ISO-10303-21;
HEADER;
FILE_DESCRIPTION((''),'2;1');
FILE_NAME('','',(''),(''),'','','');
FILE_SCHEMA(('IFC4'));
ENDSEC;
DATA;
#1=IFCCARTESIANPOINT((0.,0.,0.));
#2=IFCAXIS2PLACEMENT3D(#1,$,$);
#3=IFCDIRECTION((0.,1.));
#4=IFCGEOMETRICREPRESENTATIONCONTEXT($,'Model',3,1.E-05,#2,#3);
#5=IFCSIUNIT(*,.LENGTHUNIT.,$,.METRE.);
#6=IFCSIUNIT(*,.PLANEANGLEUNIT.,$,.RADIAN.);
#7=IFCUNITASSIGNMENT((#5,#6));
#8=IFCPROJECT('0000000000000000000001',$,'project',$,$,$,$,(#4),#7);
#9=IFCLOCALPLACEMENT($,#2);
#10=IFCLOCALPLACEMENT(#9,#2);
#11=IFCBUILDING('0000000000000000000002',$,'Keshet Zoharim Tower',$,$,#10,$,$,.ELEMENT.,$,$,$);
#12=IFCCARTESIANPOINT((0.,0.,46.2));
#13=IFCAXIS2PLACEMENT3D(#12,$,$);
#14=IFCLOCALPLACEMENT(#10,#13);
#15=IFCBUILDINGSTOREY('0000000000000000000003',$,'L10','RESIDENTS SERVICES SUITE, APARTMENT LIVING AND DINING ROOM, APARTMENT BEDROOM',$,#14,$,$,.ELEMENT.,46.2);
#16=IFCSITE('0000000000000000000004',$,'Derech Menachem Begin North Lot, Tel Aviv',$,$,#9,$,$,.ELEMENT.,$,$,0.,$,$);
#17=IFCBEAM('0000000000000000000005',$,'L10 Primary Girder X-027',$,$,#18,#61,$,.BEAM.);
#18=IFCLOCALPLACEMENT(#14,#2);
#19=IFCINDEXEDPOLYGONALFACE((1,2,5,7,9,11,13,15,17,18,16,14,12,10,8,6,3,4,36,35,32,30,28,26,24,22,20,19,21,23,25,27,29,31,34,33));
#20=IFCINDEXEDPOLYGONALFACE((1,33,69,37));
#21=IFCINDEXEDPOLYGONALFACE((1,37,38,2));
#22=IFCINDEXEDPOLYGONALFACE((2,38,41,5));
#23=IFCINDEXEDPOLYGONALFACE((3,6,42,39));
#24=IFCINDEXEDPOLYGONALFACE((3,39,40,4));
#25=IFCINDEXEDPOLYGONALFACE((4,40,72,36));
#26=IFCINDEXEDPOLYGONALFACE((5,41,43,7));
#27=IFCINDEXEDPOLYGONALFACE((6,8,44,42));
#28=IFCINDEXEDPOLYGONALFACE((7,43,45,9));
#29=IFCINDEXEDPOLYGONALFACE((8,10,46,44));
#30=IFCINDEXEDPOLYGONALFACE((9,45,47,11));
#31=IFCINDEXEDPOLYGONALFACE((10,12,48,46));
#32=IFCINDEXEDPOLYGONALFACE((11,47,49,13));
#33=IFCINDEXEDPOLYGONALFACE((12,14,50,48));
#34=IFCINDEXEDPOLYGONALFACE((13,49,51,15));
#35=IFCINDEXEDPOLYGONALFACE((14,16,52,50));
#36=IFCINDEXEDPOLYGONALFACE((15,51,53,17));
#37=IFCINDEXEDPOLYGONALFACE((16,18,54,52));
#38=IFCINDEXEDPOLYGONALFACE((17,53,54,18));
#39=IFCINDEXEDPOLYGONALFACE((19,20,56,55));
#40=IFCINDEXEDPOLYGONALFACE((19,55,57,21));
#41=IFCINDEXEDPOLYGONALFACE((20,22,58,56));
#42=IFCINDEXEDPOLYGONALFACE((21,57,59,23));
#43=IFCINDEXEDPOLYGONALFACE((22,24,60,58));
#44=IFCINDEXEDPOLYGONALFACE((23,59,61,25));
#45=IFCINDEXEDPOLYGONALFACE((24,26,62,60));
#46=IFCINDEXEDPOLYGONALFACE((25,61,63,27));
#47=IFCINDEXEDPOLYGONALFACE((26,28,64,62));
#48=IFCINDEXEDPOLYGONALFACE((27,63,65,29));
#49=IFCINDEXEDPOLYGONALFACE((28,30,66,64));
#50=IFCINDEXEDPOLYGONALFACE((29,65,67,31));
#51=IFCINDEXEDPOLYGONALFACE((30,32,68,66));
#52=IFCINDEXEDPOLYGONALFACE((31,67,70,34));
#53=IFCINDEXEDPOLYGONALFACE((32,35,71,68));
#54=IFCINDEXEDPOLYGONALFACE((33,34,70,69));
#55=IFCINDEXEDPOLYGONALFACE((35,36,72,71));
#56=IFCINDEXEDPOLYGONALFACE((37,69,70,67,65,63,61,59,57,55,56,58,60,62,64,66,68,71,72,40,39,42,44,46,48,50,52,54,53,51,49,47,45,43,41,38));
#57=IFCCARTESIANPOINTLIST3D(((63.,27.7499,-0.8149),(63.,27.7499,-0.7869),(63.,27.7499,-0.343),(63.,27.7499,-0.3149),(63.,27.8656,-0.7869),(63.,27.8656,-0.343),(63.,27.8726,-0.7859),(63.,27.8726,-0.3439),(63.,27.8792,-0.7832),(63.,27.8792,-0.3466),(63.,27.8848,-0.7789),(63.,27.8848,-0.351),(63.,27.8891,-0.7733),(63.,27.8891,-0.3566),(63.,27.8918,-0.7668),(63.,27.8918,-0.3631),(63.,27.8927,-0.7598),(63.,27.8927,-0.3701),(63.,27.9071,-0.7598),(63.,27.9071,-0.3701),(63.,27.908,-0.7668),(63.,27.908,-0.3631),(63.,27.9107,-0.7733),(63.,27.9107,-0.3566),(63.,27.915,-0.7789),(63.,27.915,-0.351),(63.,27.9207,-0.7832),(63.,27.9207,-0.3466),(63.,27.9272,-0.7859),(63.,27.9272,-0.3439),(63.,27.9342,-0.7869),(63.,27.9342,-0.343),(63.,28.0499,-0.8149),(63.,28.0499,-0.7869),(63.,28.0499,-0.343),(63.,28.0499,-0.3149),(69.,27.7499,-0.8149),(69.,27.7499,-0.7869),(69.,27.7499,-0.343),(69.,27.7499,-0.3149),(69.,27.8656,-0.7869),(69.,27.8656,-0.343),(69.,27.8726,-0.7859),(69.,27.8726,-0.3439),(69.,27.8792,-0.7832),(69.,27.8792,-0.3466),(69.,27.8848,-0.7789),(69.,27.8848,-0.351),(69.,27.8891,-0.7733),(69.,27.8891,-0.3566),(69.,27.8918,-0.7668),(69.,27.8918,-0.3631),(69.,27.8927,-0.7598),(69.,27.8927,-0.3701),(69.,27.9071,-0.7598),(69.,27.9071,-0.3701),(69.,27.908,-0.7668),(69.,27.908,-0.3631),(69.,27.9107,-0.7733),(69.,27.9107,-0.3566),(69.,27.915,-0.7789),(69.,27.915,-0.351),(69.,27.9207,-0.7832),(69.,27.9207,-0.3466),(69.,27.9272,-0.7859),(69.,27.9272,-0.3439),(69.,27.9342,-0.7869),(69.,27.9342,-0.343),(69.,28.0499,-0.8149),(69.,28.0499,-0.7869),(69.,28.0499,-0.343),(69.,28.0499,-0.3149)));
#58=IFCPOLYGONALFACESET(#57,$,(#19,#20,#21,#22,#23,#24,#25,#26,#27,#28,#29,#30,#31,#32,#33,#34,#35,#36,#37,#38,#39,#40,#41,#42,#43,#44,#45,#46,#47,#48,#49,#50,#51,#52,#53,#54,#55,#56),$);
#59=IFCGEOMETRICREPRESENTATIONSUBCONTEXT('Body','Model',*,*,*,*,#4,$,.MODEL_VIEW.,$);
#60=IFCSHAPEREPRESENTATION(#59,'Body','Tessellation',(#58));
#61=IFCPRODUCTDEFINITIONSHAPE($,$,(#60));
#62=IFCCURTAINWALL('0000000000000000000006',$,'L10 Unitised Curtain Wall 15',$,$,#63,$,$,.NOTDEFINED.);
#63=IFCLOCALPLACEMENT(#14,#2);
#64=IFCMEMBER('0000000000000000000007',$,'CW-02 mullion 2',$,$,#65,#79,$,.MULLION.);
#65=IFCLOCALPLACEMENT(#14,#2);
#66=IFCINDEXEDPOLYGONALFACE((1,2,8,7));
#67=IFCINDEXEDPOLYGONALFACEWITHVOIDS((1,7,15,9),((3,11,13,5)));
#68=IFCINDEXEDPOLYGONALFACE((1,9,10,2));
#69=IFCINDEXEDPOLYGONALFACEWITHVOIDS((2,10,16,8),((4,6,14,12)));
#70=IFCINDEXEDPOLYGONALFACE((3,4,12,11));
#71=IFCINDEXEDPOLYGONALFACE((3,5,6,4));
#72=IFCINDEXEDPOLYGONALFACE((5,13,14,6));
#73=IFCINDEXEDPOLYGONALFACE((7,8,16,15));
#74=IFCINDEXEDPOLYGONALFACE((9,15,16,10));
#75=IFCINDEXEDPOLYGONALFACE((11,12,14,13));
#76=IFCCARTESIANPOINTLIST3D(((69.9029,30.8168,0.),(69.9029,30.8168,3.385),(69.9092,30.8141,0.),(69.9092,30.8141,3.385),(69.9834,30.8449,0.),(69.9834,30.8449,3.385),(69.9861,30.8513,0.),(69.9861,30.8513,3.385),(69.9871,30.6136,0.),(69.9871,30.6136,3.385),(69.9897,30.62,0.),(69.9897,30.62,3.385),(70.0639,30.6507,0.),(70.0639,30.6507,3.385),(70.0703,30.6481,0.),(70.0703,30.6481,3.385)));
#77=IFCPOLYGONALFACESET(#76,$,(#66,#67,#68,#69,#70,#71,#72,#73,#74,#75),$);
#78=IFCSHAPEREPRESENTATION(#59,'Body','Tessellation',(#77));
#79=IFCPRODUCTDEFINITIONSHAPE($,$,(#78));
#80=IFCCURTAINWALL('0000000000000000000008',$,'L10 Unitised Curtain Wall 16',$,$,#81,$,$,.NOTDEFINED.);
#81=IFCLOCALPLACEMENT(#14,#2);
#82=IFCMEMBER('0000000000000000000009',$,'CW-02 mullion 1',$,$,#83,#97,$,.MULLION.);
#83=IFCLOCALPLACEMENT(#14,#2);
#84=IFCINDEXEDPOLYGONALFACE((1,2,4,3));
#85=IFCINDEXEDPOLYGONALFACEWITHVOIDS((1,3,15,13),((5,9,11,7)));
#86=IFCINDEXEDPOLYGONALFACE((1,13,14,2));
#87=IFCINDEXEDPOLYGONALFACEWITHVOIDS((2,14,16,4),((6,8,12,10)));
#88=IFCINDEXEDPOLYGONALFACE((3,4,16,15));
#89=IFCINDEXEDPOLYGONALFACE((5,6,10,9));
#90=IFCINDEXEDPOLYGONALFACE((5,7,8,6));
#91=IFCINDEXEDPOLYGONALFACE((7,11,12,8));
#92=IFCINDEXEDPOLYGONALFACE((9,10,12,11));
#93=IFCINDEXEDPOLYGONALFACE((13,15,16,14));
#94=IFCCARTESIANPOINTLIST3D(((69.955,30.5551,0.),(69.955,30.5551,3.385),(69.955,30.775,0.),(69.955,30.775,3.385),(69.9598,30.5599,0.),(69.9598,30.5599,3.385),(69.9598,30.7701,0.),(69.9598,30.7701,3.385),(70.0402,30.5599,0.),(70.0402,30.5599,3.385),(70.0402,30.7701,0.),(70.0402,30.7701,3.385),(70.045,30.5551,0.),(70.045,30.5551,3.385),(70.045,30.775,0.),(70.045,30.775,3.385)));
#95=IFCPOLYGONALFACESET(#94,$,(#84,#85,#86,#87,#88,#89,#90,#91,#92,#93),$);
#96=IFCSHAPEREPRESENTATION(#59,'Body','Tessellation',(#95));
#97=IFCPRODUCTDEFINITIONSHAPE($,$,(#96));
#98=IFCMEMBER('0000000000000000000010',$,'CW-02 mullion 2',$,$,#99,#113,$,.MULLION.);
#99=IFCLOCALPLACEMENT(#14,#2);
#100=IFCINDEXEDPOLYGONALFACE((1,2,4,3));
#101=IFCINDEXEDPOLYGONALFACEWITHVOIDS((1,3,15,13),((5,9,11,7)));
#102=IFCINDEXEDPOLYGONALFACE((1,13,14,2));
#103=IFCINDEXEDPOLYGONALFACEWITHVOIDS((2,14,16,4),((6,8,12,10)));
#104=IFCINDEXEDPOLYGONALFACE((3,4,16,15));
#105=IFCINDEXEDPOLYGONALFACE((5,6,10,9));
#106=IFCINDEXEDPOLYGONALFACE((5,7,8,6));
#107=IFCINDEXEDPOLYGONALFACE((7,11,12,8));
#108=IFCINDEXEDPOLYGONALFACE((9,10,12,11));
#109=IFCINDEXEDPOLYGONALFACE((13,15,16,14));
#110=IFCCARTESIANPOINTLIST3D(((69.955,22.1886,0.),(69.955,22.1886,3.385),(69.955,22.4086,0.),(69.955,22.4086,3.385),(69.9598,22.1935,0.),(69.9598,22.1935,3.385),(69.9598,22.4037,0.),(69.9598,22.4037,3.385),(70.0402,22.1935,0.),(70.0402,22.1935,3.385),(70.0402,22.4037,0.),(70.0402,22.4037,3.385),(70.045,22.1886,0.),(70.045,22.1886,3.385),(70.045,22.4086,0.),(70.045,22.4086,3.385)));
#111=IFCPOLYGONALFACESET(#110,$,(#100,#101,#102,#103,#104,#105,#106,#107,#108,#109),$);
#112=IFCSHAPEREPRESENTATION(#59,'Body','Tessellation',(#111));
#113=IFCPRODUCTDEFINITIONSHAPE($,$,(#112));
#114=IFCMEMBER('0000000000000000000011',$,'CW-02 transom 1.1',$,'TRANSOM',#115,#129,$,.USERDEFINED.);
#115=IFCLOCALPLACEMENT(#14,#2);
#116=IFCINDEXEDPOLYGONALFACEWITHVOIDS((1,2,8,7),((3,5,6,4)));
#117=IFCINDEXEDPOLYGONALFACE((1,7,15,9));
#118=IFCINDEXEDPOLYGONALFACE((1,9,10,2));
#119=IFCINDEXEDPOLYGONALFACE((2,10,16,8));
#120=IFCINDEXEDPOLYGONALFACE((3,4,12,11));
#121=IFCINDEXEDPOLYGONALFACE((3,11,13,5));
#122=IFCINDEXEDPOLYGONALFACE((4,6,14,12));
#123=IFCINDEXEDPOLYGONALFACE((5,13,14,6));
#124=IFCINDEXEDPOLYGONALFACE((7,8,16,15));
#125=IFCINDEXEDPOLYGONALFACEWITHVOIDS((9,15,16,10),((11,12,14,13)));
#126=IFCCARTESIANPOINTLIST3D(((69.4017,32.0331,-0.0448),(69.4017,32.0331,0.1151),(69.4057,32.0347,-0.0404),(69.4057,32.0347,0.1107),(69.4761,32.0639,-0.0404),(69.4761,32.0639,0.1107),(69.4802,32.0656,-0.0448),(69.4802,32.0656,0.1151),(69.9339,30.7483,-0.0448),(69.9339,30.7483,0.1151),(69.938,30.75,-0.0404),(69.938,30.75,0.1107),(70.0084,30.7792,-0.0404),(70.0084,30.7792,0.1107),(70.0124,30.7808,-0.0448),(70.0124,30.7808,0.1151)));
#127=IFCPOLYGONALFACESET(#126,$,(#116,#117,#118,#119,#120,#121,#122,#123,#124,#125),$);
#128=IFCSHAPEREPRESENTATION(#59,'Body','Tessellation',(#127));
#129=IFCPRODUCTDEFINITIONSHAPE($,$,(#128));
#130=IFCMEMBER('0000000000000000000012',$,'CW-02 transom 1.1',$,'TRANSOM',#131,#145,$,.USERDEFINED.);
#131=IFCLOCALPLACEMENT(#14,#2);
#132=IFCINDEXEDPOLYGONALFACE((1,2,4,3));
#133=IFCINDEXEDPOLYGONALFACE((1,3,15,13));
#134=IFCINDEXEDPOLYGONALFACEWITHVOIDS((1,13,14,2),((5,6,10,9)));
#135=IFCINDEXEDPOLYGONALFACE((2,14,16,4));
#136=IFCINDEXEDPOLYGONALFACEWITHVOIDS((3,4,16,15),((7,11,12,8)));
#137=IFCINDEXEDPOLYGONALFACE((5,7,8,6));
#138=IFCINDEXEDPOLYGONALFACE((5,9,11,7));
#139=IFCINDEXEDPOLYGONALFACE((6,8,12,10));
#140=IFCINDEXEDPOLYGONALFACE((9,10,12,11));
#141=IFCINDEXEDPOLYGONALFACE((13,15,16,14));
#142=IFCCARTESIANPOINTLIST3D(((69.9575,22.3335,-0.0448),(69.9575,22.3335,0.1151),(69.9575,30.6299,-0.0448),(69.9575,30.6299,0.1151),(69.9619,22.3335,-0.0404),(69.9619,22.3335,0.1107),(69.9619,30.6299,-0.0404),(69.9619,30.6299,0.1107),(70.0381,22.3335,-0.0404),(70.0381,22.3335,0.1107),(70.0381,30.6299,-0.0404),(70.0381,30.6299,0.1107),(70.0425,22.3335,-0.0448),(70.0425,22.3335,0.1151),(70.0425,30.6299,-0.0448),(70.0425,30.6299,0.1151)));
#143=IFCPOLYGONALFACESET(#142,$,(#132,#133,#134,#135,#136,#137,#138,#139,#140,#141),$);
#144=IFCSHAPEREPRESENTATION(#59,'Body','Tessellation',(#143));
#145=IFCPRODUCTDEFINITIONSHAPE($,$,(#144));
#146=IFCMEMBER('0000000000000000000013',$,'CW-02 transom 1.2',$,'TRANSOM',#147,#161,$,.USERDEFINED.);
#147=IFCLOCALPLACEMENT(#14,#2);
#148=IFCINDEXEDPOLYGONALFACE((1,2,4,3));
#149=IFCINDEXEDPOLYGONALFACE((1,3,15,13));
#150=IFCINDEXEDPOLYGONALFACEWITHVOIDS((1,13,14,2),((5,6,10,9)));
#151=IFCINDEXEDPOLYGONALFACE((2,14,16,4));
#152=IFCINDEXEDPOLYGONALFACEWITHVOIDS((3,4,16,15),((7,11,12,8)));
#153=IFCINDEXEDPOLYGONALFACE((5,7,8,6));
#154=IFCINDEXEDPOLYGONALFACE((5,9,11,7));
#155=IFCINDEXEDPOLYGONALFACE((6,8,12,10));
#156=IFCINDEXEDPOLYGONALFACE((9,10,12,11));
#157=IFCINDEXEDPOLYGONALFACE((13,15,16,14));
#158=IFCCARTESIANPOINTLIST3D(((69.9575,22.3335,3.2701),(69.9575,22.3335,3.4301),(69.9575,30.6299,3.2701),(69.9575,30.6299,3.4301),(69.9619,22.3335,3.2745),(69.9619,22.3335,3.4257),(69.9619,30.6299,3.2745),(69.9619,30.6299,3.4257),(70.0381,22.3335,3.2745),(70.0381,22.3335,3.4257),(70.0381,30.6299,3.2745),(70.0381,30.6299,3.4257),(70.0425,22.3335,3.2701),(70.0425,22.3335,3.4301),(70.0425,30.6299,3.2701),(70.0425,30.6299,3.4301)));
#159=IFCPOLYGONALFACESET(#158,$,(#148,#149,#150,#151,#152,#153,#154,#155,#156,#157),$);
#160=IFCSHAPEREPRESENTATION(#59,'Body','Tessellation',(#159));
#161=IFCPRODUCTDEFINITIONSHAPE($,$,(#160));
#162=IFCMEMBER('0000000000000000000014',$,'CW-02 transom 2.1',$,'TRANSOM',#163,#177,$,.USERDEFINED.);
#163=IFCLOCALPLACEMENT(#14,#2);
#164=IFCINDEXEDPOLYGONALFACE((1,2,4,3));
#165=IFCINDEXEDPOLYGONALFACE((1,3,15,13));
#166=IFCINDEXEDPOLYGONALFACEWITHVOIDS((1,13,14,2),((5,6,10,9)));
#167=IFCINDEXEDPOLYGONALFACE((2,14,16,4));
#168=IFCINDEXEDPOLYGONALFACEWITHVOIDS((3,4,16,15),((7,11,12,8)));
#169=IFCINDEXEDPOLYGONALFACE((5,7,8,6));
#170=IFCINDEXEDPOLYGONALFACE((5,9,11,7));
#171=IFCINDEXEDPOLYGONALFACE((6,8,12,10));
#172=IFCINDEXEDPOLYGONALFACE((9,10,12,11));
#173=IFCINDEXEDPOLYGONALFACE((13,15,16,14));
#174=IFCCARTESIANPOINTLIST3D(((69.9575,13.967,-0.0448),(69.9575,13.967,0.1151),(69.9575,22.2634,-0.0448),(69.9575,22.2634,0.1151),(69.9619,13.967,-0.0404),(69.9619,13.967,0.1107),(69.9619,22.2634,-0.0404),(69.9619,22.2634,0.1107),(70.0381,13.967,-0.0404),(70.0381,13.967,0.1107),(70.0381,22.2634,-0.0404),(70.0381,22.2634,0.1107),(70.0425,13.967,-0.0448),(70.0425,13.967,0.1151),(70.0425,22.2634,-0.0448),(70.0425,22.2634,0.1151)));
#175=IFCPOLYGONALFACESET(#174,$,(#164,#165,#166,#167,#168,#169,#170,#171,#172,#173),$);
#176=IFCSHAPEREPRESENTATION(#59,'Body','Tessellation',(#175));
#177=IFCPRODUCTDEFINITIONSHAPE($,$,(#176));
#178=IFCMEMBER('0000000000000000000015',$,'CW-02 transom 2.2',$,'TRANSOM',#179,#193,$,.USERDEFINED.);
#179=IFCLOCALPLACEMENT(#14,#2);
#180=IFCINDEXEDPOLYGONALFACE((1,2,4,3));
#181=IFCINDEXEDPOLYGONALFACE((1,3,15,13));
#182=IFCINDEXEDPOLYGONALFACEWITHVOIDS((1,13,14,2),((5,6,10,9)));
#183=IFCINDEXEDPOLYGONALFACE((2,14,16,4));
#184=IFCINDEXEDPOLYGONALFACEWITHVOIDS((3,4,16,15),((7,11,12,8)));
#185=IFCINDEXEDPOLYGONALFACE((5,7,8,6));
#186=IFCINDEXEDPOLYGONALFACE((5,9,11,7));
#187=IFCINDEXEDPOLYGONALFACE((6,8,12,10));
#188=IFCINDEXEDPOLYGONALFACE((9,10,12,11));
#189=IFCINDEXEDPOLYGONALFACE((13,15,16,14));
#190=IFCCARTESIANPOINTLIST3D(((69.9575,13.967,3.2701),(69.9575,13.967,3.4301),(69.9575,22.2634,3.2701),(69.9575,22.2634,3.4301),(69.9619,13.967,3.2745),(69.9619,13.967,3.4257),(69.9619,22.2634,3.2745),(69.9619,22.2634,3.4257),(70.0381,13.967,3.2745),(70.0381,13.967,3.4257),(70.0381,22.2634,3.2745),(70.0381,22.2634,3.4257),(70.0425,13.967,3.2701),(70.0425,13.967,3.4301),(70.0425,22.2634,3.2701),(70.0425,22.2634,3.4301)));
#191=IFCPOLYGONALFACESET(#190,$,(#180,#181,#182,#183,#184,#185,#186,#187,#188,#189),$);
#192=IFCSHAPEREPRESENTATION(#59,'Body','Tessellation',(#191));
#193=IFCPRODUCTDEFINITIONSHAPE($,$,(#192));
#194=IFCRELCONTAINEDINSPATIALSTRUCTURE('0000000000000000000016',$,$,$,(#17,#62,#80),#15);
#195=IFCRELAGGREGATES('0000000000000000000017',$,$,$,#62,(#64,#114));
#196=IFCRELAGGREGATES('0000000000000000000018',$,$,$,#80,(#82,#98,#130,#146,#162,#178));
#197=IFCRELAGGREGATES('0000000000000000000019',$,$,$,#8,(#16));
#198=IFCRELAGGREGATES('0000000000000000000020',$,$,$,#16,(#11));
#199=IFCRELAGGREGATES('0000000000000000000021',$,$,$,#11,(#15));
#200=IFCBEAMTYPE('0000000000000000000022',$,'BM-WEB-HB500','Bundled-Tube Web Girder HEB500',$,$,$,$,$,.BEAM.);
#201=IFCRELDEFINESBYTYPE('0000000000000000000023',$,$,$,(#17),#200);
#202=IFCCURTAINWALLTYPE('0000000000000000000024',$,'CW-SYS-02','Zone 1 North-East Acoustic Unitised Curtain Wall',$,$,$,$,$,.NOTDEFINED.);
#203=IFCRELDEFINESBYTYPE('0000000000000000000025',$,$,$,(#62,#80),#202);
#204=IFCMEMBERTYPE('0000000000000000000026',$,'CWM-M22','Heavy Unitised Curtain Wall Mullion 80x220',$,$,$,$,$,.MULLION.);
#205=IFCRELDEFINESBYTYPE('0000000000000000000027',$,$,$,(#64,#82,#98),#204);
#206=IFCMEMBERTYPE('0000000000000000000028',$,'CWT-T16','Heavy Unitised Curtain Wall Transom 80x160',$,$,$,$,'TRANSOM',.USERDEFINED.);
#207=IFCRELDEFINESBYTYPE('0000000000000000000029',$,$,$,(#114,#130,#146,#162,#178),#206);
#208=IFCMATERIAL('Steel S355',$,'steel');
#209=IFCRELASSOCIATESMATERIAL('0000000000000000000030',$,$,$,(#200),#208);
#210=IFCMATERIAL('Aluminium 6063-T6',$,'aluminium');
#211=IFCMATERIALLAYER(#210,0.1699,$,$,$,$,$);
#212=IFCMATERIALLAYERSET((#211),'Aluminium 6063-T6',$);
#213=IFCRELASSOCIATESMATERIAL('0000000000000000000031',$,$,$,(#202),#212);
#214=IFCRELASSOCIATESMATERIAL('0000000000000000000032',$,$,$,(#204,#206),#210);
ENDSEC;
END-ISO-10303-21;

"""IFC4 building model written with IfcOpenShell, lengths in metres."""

from ifc_helpers import new_model, si_unit, direction, frame, origin, origin_2d, place, context, subcontext, project, spatial, hollow_rectangle, i_section, extrude, material, layer, layer_set, material_profile, profile_set, type_object, element, aggregate, save


model = new_model("IFC4")

# Units and contexts
model_context = context("Model", 3, precision=1e-05, world=origin(), true_north=direction((0.0, 1.0)))
body_context = subcontext(model_context, "Body", "Model", "MODEL_VIEW")
ifc_project = project(units=[si_unit("LENGTHUNIT", "METRE"), si_unit("PLANEANGLEUNIT", "RADIAN")], contexts=[model_context])

# Site, building, storey
site_placement = place(None, origin())
site = spatial("IfcSite", under=ifc_project, at=site_placement, Name="Derech Menachem Begin North Lot, Tel Aviv", CompositionType="ELEMENT", RefElevation=0.0)
building_placement = place(site_placement, origin())
building = spatial("IfcBuilding", under=site, at=building_placement, Name="Keshet Zoharim Tower", CompositionType="ELEMENT")
storey_placement = place(building_placement, frame((0.0, 0.0, 46.2)))
storey = spatial("IfcBuildingStorey", under=building, at=storey_placement, Name="L10", Description="RESIDENTS SERVICES SUITE, APARTMENT LIVING AND DINING ROOM, APARTMENT BEDROOM", CompositionType="ELEMENT", Elevation=46.2)

# Shared definitions
ifc_material_1 = material(Name="Steel S355", Category="steel")

# Beam
ifc_material_profile_1 = material_profile(ifc_material_1, i_section(OverallWidth=0.3, OverallDepth=0.5, WebThickness=0.0144, FlangeThickness=0.0281, FilletRadius=0.0271, at=origin_2d()), Name="HEB500")
ifc_profile_set_1 = profile_set([ifc_material_profile_1], Name="Steel S355")
beam_type_1 = type_object("IfcBeamType", Name="BM-WEB-HB500", Description="Bundled-Tube Web Girder HEB500", PredefinedType="BEAM", material=ifc_profile_set_1)
for number, where, z_axis, x_axis, name in (
    (1, (63.0, 27.8999, -0.5649), (1.0, 0.0, 0.0), (0.0, 1.0, 0.0), "L10 Primary Girder X-027"),
):
    element("IfcBeam", number, at=place(storey_placement, frame(where, z_axis=z_axis, x_axis=x_axis)), inside=storey, type_object=beam_type_1, Name=name, PredefinedType="BEAM", context=body_context, shape_type="SweptSolid", body=[
        extrude(i_section(OverallWidth=0.3, OverallDepth=0.5, WebThickness=0.0144, FlangeThickness=0.0281, FilletRadius=0.0271, at=origin_2d()), origin(), (0.0, 0.0, 1.0), 6.0),
    ])

# Curtain wall, member
ifc_material_2 = material(Name="Aluminium 6063-T6", Category="aluminium")
ifc_layer_1 = layer(ifc_material_2, 0.1699)
ifc_layer_set_1 = layer_set([ifc_layer_1], Name="Aluminium 6063-T6")
curtain_wall_type = type_object("IfcCurtainWallType", Name="CW-SYS-02", Description="Zone 1 North-East Acoustic Unitised Curtain Wall", PredefinedType="NOTDEFINED", material=ifc_layer_set_1)
curtain_wall_1_placement = place(storey_placement, origin())
curtain_wall_1 = element("IfcCurtainWall", 2, at=curtain_wall_1_placement, inside=storey, type_object=curtain_wall_type, Name="L10 Unitised Curtain Wall 15", PredefinedType="NOTDEFINED")
ifc_material_profile_2 = material_profile(ifc_material_2, hollow_rectangle(XDim=0.0901, YDim=0.22, WallThickness=0.0049, at=origin_2d()), Name="MUL-90x220")
ifc_profile_set_2 = profile_set([ifc_material_profile_2], Name="Aluminium 6063-T6")
member_type_1 = type_object("IfcMemberType", Name="CWM-M22", Description="Heavy Unitised Curtain Wall Mullion 80x220", PredefinedType="MULLION", material=ifc_profile_set_2)
member_1_placement = place(storey_placement, frame((69.9866, 30.7324, 0.0), z_axis=(0.0, 0.0, 1.0), x_axis=(0.92381, 0.382852, 0.0)))
member_1 = element("IfcMember", 3, at=member_1_placement, type_object=member_type_1, Name="CW-02 mullion 2", PredefinedType="MULLION", context=body_context, shape_type="SweptSolid", body=[
    extrude(hollow_rectangle(XDim=0.0901, YDim=0.22, WallThickness=0.0049, at=origin_2d()), origin(), (0.0, 0.0, 1.0), 3.385),
])

# Curtain wall, members
curtain_wall_2_placement = place(storey_placement, origin())
curtain_wall_2 = element("IfcCurtainWall", 4, at=curtain_wall_2_placement, inside=storey, type_object=curtain_wall_type, Name="L10 Unitised Curtain Wall 16", PredefinedType="NOTDEFINED")
member_2_placement = place(storey_placement, frame((70.0, 30.665, 0.0), z_axis=(0.0, 0.0, 1.0), x_axis=(1.0, 0.0, 0.0)))
member_2 = element("IfcMember", 5, at=member_2_placement, type_object=member_type_1, Name="CW-02 mullion 1", PredefinedType="MULLION", context=body_context, shape_type="SweptSolid", body=[
    extrude(hollow_rectangle(XDim=0.0901, YDim=0.22, WallThickness=0.0049, at=origin_2d()), origin(), (0.0, 0.0, 1.0), 3.385),
])
member_3_placement = place(storey_placement, frame((70.0, 22.2986, 0.0), z_axis=(0.0, 0.0, 1.0), x_axis=(1.0, 0.0, 0.0)))
member_3 = element("IfcMember", 6, at=member_3_placement, type_object=member_type_1, Name="CW-02 mullion 2", PredefinedType="MULLION", context=body_context, shape_type="SweptSolid", body=[
    extrude(hollow_rectangle(XDim=0.0901, YDim=0.22, WallThickness=0.0049, at=origin_2d()), origin(), (0.0, 0.0, 1.0), 3.385),
])

# Members
ifc_material_profile_3 = material_profile(ifc_material_2, hollow_rectangle(XDim=0.085, YDim=0.1599, WallThickness=0.0044, at=origin_2d()), Name="TRN-85x160")
ifc_profile_set_3 = profile_set([ifc_material_profile_3], Name="Aluminium 6063-T6")
member_type_2 = type_object("IfcMemberType", Name="CWT-T16", Description="Heavy Unitised Curtain Wall Transom 80x160", ElementType="TRANSOM", PredefinedType="USERDEFINED", material=ifc_profile_set_3)
member_4_placement = place(storey_placement, frame((69.4409, 32.0493, 0.0352), z_axis=(0.382745, -0.923854, 0.0), x_axis=(0.923854, 0.382745, 0.0)))
member_4 = element("IfcMember", 7, at=member_4_placement, type_object=member_type_2, Name="CW-02 transom 1.1", ObjectType="TRANSOM", PredefinedType="USERDEFINED", context=body_context, shape_type="SweptSolid", body=[
    extrude(hollow_rectangle(XDim=0.085, YDim=0.1599, WallThickness=0.0044, at=origin_2d()), origin(), (0.0, 0.0, 1.0), 1.3906),
])
member_5_placement = place(storey_placement, frame((70.0, 30.6299, 0.0352), z_axis=(0.0, -1.0, 0.0), x_axis=(1.0, 0.0, 0.0)))
member_5 = element("IfcMember", 8, at=member_5_placement, type_object=member_type_2, Name="CW-02 transom 1.1", ObjectType="TRANSOM", PredefinedType="USERDEFINED", context=body_context, shape_type="SweptSolid", body=[
    extrude(hollow_rectangle(XDim=0.085, YDim=0.1599, WallThickness=0.0044, at=origin_2d()), origin(), (0.0, 0.0, 1.0), 8.2964),
])
member_6_placement = place(storey_placement, frame((70.0, 30.6299, 3.3501), z_axis=(0.0, -1.0, 0.0), x_axis=(1.0, 0.0, 0.0)))
member_6 = element("IfcMember", 9, at=member_6_placement, type_object=member_type_2, Name="CW-02 transom 1.2", ObjectType="TRANSOM", PredefinedType="USERDEFINED", context=body_context, shape_type="SweptSolid", body=[
    extrude(hollow_rectangle(XDim=0.085, YDim=0.1599, WallThickness=0.0044, at=origin_2d()), origin(), (0.0, 0.0, 1.0), 8.2964),
])
member_7_placement = place(storey_placement, frame((70.0, 22.2634, 0.0352), z_axis=(0.0, -1.0, 0.0), x_axis=(1.0, 0.0, 0.0)))
member_7 = element("IfcMember", 10, at=member_7_placement, type_object=member_type_2, Name="CW-02 transom 2.1", ObjectType="TRANSOM", PredefinedType="USERDEFINED", context=body_context, shape_type="SweptSolid", body=[
    extrude(hollow_rectangle(XDim=0.085, YDim=0.1599, WallThickness=0.0044, at=origin_2d()), origin(), (0.0, 0.0, 1.0), 8.2964),
])
member_8_placement = place(storey_placement, frame((70.0, 22.2634, 3.3501), z_axis=(0.0, -1.0, 0.0), x_axis=(1.0, 0.0, 0.0)))
member_8 = element("IfcMember", 11, at=member_8_placement, type_object=member_type_2, Name="CW-02 transom 2.2", ObjectType="TRANSOM", PredefinedType="USERDEFINED", context=body_context, shape_type="SweptSolid", body=[
    extrude(hollow_rectangle(XDim=0.085, YDim=0.1599, WallThickness=0.0044, at=origin_2d()), origin(), (0.0, 0.0, 1.0), 8.2964),
])

aggregate(curtain_wall_1, [member_1, member_4])
aggregate(curtain_wall_2, [member_2, member_3, member_5, member_6, member_7, member_8])

save(model, "model.ifc")
